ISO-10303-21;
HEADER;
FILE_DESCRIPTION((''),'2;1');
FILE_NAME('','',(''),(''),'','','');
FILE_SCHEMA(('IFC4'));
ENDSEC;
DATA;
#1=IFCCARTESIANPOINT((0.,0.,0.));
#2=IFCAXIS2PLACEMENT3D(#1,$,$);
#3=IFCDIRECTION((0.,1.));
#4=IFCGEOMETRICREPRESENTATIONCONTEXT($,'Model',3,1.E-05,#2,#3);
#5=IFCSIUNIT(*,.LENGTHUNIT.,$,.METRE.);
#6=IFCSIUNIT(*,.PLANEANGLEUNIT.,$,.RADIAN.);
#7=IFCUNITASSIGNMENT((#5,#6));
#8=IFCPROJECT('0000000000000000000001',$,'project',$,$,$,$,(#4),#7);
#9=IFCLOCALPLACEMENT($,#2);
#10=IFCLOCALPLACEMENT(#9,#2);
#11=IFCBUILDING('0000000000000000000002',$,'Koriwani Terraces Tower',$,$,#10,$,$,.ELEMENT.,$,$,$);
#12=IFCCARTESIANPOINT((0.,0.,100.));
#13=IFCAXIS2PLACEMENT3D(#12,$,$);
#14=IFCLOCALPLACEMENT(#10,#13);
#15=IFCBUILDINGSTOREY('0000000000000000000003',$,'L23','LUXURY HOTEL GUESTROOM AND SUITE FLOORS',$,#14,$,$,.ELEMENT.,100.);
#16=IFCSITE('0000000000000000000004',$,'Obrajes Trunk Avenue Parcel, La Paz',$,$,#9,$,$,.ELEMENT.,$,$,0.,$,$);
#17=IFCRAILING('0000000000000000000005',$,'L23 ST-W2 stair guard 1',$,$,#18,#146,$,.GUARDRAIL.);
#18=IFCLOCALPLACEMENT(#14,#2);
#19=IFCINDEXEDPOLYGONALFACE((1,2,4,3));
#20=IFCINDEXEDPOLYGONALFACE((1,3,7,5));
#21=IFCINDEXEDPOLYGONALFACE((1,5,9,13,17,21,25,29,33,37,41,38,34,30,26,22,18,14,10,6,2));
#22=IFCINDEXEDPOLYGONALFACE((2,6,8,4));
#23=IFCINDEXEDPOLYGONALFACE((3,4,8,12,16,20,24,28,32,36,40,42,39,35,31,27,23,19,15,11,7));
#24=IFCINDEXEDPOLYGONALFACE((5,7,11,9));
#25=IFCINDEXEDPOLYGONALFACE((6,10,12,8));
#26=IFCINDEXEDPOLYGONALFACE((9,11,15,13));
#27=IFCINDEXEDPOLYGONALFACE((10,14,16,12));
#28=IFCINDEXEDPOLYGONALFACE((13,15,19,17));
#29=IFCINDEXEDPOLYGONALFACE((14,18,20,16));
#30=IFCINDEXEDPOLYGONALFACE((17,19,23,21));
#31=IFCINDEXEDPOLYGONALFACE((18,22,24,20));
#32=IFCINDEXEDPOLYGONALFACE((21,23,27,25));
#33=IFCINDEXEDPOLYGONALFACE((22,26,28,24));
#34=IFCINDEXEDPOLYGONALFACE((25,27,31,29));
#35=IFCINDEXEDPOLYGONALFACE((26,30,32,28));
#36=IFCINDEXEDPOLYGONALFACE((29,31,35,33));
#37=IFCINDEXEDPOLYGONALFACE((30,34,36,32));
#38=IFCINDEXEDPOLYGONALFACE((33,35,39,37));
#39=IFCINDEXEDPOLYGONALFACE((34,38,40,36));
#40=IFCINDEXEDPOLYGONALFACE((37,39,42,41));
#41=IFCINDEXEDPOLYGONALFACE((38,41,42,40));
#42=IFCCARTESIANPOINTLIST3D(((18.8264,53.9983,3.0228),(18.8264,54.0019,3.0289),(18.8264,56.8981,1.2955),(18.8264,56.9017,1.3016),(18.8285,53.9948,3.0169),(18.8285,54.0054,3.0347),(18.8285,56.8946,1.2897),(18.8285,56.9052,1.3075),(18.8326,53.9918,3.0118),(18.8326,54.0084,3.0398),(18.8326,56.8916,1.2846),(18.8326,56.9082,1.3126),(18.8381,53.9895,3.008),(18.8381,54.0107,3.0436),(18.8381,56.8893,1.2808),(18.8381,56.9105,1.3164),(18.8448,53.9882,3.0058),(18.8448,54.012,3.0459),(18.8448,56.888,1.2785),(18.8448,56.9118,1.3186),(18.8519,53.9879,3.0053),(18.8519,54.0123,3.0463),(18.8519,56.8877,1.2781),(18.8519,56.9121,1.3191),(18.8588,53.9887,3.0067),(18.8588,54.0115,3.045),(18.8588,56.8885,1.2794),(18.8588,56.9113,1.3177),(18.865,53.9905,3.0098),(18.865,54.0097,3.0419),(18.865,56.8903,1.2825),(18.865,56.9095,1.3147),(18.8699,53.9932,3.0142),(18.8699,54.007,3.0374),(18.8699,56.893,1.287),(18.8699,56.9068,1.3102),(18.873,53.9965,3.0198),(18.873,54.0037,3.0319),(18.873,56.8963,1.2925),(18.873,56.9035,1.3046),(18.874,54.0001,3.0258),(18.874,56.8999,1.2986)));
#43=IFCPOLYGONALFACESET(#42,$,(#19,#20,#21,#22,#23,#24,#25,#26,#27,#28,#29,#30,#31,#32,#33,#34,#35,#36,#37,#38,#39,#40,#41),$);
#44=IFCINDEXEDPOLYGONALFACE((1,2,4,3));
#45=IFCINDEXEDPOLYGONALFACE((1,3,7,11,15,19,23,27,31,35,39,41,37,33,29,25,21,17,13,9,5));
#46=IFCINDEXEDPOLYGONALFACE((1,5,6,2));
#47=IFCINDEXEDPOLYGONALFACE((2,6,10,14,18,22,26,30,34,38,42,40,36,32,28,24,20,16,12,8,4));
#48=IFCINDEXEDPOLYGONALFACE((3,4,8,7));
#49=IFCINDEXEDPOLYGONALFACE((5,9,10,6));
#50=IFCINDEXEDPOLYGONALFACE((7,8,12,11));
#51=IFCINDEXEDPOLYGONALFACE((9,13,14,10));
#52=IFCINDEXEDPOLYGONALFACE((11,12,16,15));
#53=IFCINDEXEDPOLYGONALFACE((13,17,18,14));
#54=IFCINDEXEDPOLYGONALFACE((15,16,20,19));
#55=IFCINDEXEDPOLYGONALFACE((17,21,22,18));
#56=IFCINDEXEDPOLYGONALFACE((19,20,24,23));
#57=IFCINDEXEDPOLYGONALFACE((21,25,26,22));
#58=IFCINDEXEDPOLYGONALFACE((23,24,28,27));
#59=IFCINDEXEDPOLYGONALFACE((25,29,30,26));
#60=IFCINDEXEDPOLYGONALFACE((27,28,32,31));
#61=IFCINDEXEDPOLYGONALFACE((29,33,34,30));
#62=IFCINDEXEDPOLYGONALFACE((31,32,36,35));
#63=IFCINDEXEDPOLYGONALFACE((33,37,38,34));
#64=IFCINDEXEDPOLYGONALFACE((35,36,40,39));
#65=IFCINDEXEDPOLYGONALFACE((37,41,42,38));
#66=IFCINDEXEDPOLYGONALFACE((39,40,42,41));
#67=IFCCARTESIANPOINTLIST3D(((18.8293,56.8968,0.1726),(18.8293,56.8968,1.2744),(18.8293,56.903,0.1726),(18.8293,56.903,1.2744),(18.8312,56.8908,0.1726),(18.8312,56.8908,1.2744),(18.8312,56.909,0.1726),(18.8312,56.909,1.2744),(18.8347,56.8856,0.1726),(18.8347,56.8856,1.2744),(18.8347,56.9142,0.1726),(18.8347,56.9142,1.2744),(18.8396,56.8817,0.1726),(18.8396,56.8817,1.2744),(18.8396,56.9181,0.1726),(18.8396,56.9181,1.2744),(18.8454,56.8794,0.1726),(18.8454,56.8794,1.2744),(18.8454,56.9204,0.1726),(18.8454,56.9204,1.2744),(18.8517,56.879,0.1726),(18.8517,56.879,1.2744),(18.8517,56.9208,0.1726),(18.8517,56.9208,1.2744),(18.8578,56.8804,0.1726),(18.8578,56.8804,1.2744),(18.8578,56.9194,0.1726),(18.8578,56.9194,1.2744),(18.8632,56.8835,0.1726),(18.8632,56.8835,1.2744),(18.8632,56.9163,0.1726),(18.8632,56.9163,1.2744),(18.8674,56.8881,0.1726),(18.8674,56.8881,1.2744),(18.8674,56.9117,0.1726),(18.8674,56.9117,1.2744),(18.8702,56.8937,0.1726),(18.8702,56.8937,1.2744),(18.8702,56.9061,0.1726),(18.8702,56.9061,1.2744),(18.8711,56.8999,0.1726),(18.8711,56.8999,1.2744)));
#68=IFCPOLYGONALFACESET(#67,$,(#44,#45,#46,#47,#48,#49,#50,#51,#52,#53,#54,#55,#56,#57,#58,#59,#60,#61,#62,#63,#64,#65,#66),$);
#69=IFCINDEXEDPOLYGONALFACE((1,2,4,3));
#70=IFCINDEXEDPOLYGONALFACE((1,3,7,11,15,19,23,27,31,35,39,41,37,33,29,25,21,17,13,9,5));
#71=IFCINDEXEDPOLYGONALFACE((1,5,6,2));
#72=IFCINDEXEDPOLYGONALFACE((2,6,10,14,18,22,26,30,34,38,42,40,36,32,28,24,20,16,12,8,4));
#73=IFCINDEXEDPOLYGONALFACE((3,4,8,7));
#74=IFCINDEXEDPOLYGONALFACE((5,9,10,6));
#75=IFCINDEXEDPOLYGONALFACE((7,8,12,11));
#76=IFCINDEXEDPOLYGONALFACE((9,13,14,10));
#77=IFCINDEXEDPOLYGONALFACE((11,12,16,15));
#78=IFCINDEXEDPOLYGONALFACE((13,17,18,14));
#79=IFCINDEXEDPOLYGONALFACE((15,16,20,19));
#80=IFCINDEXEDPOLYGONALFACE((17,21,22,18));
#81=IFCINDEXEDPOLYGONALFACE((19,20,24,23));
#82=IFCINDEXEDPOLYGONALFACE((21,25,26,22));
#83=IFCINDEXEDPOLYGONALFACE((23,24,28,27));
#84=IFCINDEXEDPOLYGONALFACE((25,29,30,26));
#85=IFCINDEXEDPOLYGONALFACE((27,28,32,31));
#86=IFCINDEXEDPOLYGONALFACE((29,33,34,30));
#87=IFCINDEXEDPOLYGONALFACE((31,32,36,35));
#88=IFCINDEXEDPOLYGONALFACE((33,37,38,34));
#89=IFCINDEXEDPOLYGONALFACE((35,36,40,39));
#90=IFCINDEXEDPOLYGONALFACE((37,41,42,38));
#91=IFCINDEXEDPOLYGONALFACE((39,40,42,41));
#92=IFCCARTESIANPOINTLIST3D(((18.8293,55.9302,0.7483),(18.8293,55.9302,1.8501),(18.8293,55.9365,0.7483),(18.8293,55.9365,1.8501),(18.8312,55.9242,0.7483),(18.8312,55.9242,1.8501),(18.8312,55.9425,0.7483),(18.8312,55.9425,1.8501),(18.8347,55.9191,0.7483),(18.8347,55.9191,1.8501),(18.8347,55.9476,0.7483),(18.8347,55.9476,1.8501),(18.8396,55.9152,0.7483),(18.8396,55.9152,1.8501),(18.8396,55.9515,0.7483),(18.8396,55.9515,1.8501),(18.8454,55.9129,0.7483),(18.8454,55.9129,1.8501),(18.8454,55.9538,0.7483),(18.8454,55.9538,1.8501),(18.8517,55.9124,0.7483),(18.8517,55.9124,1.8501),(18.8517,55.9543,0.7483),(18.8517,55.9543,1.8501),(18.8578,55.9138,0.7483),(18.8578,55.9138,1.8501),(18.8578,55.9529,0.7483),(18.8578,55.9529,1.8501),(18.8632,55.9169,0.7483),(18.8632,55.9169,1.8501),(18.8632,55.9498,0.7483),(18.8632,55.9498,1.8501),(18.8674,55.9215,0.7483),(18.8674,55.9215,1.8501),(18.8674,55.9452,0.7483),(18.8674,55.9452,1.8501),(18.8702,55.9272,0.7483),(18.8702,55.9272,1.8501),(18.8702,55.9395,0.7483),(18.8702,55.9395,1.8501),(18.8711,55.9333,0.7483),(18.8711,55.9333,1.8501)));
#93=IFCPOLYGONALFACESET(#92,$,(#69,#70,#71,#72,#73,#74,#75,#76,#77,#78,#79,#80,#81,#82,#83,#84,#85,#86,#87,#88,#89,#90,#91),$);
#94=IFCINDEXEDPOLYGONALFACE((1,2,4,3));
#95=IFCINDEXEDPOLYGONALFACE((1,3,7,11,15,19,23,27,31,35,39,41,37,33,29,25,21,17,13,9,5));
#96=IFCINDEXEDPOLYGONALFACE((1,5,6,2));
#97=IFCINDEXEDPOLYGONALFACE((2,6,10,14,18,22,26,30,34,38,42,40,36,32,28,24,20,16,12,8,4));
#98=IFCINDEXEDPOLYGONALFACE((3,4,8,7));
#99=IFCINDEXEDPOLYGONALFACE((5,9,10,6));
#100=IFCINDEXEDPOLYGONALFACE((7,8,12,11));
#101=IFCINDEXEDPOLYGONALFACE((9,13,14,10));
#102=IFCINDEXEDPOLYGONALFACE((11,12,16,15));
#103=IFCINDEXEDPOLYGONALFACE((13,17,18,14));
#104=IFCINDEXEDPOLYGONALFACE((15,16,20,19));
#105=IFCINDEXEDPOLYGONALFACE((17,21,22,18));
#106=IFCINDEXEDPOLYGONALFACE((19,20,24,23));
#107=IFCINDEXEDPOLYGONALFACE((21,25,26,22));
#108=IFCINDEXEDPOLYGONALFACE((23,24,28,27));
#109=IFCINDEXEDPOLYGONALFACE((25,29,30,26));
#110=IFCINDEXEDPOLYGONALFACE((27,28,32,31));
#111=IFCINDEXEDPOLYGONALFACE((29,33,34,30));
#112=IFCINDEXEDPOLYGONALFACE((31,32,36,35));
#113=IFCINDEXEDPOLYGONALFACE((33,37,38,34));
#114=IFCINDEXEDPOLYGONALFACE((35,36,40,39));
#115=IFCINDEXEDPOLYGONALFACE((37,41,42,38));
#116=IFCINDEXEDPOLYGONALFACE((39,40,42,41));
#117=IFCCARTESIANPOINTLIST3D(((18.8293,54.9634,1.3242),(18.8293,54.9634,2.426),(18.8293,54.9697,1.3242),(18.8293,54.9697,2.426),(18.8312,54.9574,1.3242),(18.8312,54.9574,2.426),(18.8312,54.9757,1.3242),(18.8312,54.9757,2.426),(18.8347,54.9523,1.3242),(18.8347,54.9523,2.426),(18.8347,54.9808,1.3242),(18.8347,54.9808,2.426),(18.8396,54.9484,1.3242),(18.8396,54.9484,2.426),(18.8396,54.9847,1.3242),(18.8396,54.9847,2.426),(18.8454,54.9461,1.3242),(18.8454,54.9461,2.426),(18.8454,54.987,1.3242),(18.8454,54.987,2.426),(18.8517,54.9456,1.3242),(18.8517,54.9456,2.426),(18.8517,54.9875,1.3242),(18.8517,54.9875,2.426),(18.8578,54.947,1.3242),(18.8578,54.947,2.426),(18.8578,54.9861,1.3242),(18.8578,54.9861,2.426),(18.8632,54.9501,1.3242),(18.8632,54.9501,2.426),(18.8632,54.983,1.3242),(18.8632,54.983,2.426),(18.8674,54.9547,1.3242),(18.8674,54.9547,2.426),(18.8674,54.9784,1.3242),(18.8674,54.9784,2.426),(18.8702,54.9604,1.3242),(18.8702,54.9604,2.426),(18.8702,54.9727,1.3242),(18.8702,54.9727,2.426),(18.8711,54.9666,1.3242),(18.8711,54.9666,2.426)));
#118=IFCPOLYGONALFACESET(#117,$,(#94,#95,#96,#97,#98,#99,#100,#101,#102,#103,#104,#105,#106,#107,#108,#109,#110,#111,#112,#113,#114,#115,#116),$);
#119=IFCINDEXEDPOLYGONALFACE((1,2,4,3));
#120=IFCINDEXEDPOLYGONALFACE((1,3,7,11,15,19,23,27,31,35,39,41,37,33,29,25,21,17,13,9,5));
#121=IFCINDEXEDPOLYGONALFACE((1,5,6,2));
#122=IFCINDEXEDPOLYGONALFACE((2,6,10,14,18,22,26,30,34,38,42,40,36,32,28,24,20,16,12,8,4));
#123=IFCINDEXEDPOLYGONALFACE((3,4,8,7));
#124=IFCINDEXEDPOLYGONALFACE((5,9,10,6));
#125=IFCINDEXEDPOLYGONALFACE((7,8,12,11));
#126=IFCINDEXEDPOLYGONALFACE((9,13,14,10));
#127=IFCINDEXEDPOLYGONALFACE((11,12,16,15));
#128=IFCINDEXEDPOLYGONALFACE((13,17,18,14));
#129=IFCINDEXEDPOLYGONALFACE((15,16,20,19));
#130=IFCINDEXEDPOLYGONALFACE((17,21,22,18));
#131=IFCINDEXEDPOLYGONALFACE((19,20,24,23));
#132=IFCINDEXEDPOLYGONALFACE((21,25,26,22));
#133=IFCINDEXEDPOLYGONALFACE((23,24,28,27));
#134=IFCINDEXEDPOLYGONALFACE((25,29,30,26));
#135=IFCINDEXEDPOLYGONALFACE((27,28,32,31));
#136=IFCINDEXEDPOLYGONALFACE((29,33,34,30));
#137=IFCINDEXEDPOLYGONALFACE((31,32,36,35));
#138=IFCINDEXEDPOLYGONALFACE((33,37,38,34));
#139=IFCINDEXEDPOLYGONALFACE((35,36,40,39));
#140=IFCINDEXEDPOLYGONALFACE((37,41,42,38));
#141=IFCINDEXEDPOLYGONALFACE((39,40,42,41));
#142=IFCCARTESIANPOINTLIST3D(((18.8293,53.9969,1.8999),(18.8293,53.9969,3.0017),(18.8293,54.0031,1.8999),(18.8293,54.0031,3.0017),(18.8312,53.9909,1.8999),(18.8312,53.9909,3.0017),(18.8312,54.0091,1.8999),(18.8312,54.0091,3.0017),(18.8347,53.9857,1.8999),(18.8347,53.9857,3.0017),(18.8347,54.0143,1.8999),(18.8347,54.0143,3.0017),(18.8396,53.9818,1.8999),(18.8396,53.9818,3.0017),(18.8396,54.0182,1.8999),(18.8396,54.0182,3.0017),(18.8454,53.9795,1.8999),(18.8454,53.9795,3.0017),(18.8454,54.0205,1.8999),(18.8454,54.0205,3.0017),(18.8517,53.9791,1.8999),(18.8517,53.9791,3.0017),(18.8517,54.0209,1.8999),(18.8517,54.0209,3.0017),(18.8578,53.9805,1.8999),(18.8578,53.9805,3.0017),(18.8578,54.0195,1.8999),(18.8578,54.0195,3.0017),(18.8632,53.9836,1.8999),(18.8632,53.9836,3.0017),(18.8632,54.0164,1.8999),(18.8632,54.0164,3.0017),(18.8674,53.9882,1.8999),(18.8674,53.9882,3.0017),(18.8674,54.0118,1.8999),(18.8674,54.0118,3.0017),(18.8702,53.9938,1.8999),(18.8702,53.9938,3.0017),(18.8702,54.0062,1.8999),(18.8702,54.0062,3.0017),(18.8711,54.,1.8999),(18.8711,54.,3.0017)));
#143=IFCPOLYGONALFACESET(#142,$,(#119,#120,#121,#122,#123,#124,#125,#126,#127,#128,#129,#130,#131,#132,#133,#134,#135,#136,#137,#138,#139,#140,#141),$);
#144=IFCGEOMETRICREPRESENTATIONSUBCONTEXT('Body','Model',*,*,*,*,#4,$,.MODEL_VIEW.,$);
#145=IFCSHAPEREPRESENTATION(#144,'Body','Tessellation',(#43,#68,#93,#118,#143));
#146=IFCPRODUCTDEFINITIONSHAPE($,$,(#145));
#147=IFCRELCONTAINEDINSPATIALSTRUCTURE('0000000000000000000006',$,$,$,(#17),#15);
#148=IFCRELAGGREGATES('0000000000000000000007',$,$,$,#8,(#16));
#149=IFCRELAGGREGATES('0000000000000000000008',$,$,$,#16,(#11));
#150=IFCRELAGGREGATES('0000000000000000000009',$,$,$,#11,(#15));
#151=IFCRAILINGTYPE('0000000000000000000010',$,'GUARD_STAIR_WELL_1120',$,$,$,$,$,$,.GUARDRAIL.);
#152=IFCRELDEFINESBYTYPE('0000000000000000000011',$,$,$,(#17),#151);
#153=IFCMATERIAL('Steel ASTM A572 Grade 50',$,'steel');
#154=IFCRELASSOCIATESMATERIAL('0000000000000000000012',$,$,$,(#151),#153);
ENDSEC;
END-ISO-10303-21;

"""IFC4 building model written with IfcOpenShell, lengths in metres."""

from ifc_helpers import new_model, si_unit, direction, frame, origin, origin_2d, place, context, subcontext, project, spatial, circle, extrude, material, type_object, element, save


model = new_model("IFC4")

# Units and contexts
model_context = context("Model", 3, precision=1e-05, world=origin(), true_north=direction((0.0, 1.0)))
body_context = subcontext(model_context, "Body", "Model", "MODEL_VIEW")
ifc_project = project(units=[si_unit("LENGTHUNIT", "METRE"), si_unit("PLANEANGLEUNIT", "RADIAN")], contexts=[model_context])

# Site, building, storey
site_placement = place(None, origin())
site = spatial("IfcSite", under=ifc_project, at=site_placement, Name="Obrajes Trunk Avenue Parcel, La Paz", CompositionType="ELEMENT", RefElevation=0.0)
building_placement = place(site_placement, origin())
building = spatial("IfcBuilding", under=site, at=building_placement, Name="Koriwani Terraces Tower", CompositionType="ELEMENT")
storey_placement = place(building_placement, frame((0.0, 0.0, 100.0)))
storey = spatial("IfcBuildingStorey", under=building, at=storey_placement, Name="L23", Description="LUXURY HOTEL GUESTROOM AND SUITE FLOORS", CompositionType="ELEMENT", Elevation=100.0)

# Shared definitions
ifc_material_1 = material(Name="Steel ASTM A572 Grade 50", Category="steel")

# Railing
railing_type = type_object("IfcRailingType", Name="GUARD_STAIR_WELL_1120", PredefinedType="GUARDRAIL", material=ifc_material_1)
railing_1_placement = place(storey_placement, frame((18.8501, 56.8999, 0.1726)))
element("IfcRailing", 1, at=railing_1_placement, inside=storey, type_object=railing_type, Name="L23 ST-W2 stair guard 1", PredefinedType="GUARDRAIL", context=body_context, shape_type="SweptSolid", body=[
    extrude(circle(Radius=0.0239, at=origin_2d()), frame((0.0, 0.0, 1.126), z_axis=(0.0, -0.859141, 0.511738), x_axis=(1.0, 0.0, 0.0)), (0.0, 0.0, 1.0), 3.3752),
    extrude(circle(Radius=0.021, at=origin_2d()), origin(), (0.0, 0.0, 1.0), 1.1018),
    extrude(circle(Radius=0.021, at=origin_2d()), frame((0.0, -0.9666, 0.5757)), (0.0, 0.0, 1.0), 1.1018),
    extrude(circle(Radius=0.021, at=origin_2d()), frame((0.0, -1.9333, 1.1516)), (0.0, 0.0, 1.0), 1.1018),
    extrude(circle(Radius=0.021, at=origin_2d()), frame((0.0, -2.8999, 1.7273)), (0.0, 0.0, 1.0), 1.1018),
])

save(model, "model.ifc")
